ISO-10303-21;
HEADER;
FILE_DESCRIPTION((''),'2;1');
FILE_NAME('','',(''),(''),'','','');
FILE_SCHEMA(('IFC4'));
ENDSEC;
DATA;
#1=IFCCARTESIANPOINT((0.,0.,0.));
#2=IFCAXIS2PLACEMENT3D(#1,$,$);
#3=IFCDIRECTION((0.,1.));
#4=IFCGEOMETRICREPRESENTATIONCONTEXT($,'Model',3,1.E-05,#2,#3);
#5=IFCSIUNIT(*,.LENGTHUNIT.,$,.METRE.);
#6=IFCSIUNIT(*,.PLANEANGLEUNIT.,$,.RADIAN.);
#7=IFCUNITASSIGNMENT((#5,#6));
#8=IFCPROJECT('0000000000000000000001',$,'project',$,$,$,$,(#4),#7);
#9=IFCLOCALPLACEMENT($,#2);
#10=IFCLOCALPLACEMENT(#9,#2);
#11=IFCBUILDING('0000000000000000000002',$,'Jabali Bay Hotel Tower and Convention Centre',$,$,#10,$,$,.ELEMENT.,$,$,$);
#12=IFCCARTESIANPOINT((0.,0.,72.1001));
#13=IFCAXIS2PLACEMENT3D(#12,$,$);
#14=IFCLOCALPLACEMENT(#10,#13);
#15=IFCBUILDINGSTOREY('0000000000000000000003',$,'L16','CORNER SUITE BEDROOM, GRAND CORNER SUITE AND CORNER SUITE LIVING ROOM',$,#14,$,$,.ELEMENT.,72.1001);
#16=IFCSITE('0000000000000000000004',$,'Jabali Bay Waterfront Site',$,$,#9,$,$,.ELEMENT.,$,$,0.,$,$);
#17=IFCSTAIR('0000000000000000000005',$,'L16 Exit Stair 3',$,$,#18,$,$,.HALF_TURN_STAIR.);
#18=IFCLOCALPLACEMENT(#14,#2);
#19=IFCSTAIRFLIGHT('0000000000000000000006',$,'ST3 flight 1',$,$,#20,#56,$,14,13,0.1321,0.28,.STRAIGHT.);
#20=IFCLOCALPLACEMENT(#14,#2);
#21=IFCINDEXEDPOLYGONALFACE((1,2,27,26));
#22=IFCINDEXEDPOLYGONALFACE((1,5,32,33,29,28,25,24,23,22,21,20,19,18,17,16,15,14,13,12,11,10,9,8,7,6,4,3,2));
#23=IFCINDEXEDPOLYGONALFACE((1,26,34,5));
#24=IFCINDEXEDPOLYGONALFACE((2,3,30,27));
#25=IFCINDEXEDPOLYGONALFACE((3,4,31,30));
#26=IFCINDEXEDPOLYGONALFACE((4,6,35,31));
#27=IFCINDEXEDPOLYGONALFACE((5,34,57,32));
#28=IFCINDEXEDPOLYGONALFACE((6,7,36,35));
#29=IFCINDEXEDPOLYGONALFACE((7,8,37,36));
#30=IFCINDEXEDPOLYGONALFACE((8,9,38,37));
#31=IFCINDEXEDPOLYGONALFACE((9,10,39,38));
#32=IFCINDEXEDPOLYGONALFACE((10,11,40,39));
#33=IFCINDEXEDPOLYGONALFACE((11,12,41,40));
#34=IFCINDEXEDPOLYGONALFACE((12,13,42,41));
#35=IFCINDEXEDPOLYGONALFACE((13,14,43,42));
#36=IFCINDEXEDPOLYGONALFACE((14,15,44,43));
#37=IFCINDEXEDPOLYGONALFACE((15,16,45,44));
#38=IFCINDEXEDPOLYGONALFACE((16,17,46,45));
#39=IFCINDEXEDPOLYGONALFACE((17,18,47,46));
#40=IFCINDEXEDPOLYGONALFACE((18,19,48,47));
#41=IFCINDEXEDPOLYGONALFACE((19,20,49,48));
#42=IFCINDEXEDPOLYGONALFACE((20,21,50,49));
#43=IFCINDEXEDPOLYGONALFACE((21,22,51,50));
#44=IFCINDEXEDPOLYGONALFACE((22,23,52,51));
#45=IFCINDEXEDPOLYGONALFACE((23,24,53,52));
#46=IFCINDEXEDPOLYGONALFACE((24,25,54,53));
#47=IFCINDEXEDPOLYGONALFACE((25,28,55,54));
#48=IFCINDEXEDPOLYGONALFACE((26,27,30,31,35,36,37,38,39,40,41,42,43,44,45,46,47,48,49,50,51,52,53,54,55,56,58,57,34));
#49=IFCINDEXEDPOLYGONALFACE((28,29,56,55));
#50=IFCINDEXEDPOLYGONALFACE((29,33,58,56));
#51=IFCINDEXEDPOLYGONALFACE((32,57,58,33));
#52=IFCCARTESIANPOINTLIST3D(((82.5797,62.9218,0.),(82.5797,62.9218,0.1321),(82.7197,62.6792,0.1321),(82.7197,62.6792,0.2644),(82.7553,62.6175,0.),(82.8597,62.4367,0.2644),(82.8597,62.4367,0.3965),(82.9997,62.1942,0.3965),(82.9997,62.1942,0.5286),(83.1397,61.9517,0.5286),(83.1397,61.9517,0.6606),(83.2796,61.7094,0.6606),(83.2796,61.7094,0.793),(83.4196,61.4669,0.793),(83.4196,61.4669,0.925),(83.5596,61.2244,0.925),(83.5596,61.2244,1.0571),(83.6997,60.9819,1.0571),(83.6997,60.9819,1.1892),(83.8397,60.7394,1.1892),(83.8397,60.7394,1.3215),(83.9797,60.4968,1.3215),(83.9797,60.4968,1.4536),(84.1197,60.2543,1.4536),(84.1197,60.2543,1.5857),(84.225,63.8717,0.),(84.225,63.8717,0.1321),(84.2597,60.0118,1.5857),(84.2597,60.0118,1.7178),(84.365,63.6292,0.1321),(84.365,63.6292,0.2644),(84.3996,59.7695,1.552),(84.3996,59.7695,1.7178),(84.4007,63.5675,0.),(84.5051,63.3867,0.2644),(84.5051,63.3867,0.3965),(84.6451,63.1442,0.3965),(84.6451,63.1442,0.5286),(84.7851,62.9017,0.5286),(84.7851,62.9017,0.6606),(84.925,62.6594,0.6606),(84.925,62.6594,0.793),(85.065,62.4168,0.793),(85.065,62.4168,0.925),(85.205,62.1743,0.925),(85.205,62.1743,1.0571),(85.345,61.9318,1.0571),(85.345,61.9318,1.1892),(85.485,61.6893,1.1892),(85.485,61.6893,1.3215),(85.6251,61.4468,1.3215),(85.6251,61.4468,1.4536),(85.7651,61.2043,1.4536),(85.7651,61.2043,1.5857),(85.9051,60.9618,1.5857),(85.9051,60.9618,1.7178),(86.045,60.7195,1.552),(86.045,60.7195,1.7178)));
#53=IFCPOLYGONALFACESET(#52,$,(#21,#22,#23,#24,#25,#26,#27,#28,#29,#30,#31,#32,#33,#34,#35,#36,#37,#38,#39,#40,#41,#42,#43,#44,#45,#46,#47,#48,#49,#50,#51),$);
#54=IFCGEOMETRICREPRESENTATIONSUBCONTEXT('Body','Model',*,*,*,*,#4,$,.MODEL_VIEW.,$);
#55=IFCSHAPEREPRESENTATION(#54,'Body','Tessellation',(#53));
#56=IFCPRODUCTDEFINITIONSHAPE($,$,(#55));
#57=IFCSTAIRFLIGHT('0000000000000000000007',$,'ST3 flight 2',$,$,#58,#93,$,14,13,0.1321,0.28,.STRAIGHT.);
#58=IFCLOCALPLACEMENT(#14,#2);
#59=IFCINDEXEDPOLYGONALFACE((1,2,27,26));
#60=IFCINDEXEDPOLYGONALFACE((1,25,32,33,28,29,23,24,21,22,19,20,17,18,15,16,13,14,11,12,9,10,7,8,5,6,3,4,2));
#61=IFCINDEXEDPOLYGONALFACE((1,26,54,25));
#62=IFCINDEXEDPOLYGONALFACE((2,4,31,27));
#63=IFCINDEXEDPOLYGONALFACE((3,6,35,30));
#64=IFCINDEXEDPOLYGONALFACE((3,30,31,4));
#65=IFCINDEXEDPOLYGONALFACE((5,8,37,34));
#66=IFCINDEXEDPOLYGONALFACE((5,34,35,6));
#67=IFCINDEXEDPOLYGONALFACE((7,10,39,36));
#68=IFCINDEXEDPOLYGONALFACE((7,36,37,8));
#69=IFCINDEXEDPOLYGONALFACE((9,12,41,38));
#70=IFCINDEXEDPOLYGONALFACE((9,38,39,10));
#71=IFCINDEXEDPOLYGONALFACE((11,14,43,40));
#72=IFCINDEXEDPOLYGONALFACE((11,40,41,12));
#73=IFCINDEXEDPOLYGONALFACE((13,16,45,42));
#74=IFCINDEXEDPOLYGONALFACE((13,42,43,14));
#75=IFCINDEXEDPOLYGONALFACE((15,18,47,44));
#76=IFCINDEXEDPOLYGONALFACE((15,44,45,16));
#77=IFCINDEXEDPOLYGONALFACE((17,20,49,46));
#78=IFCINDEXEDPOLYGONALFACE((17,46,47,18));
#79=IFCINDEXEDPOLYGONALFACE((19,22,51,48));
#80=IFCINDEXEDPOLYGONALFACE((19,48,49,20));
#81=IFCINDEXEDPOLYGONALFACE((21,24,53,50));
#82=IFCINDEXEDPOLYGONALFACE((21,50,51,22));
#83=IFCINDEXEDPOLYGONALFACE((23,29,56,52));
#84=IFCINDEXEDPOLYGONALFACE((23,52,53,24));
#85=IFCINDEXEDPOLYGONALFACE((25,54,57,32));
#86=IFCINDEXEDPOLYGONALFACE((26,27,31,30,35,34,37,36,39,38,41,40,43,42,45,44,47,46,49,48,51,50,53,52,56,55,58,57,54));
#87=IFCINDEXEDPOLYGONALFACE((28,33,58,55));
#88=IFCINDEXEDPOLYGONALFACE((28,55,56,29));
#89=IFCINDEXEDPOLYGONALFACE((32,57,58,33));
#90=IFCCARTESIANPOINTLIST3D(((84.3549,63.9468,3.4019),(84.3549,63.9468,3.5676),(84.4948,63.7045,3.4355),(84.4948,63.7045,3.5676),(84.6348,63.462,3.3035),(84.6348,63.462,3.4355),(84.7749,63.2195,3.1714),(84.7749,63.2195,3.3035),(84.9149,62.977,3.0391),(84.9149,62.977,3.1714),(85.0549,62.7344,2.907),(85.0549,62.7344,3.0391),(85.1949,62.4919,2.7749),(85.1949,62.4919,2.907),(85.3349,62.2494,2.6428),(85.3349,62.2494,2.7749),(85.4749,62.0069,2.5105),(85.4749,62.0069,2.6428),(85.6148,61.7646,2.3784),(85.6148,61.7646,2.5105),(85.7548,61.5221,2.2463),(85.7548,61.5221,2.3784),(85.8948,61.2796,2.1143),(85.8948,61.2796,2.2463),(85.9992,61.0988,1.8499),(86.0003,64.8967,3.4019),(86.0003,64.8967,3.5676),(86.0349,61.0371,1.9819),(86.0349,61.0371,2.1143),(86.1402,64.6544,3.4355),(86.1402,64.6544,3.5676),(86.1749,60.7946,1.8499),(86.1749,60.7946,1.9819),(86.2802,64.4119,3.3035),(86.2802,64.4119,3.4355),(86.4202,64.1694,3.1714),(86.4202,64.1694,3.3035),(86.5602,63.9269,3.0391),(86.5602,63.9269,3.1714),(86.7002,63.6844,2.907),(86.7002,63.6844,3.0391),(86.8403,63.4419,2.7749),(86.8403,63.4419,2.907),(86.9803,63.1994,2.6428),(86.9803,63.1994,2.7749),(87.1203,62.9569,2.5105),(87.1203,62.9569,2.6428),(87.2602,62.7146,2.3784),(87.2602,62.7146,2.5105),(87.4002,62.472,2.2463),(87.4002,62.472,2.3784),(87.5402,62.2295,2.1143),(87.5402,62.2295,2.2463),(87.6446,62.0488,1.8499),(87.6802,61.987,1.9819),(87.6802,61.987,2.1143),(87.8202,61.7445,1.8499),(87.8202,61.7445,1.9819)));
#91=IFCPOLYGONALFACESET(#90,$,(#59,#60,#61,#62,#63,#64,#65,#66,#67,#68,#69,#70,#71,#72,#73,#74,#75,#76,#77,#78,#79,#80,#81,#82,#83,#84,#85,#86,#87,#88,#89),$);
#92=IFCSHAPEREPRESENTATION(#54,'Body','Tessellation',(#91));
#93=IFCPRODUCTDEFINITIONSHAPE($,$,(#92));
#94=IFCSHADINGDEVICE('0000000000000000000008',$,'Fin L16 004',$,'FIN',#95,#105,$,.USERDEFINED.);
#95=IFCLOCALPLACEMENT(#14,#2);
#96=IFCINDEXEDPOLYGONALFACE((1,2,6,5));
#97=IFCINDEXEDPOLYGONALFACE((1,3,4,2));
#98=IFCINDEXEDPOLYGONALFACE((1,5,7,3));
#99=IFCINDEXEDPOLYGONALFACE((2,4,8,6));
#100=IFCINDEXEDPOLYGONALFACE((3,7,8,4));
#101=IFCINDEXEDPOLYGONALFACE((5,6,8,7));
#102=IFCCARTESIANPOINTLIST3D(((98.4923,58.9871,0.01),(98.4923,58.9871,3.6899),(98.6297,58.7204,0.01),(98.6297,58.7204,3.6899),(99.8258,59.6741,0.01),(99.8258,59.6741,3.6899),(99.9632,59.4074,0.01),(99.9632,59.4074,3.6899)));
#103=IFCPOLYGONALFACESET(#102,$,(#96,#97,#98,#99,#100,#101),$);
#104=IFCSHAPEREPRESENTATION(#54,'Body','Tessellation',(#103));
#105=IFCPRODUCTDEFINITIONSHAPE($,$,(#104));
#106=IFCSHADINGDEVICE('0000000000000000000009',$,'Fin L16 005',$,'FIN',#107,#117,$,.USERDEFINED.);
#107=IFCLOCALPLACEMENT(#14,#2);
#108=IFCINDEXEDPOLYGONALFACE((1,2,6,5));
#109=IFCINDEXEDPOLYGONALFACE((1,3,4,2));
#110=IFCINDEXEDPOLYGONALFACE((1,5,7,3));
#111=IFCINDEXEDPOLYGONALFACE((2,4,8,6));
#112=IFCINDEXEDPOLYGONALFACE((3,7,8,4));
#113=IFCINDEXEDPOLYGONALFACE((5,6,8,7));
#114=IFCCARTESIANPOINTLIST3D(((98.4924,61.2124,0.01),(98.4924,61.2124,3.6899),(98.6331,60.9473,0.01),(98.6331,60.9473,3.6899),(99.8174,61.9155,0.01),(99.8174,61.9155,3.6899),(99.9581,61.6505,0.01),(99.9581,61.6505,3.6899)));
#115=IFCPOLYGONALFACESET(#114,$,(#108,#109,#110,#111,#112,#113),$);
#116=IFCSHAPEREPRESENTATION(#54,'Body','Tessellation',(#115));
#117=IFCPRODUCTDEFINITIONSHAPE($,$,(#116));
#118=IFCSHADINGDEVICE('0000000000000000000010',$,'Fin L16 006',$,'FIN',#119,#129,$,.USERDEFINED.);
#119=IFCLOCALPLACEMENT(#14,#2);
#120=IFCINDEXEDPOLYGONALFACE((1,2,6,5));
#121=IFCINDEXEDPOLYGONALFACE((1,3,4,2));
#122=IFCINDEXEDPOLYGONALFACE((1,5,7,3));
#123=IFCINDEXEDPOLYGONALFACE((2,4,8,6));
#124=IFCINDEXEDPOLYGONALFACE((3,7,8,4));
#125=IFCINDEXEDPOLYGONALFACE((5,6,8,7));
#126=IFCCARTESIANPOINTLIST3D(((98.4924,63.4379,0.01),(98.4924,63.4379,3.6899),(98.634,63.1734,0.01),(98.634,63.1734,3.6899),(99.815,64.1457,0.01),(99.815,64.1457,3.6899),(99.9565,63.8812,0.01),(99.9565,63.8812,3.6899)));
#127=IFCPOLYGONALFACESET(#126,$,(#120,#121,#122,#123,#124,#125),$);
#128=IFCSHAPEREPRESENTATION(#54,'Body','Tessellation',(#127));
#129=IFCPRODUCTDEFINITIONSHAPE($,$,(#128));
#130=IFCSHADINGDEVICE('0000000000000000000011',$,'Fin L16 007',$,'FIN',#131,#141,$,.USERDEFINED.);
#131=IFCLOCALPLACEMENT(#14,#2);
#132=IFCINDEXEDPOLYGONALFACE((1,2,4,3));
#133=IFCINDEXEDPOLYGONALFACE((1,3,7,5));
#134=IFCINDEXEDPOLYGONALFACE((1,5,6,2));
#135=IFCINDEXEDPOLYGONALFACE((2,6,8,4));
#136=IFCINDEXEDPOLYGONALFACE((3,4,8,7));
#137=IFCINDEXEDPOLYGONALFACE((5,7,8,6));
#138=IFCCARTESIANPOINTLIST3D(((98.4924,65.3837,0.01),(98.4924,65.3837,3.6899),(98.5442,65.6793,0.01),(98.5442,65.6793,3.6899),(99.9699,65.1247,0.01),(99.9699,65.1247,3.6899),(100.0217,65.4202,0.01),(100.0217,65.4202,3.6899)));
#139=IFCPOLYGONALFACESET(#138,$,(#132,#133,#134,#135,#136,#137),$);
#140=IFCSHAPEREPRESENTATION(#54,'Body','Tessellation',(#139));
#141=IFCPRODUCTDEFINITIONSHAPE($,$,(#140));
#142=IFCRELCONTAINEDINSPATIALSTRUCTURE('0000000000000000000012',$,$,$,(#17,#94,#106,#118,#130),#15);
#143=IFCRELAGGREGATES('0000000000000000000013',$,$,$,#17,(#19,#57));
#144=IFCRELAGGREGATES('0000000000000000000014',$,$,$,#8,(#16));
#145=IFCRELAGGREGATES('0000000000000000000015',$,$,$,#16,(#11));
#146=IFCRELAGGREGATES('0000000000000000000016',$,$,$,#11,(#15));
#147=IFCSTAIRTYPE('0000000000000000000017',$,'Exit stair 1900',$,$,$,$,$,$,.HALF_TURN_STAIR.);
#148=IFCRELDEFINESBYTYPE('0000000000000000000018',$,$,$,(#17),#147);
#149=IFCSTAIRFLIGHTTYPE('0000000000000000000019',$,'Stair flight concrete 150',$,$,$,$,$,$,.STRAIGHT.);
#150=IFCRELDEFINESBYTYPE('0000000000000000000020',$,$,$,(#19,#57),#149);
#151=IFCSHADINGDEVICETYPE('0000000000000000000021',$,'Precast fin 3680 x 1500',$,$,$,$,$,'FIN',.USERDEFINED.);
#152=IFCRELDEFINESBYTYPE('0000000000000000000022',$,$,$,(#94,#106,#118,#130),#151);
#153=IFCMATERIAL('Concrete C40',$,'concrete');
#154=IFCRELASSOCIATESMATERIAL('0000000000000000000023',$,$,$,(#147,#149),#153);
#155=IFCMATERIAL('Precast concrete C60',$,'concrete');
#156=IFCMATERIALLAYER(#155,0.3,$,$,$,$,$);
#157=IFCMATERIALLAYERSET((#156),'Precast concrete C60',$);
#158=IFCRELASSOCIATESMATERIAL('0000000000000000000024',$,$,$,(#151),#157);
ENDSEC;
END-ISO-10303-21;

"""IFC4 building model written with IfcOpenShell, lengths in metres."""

from ifc_helpers import new_model, si_unit, direction, frame, frame_2d, origin, place, context, subcontext, project, spatial, polyline, rectangle, outline, extrude, material, layer, layer_set, type_object, element, aggregate, save


model = new_model("IFC4")

# Units and contexts
model_context = context("Model", 3, precision=1e-05, world=origin(), true_north=direction((0.0, 1.0)))
body_context = subcontext(model_context, "Body", "Model", "MODEL_VIEW")
ifc_project = project(units=[si_unit("LENGTHUNIT", "METRE"), si_unit("PLANEANGLEUNIT", "RADIAN")], contexts=[model_context])

# Site, building, storey
site_placement = place(None, origin())
site = spatial("IfcSite", under=ifc_project, at=site_placement, Name="Jabali Bay Waterfront Site", CompositionType="ELEMENT", RefElevation=0.0)
building_placement = place(site_placement, origin())
building = spatial("IfcBuilding", under=site, at=building_placement, Name="Jabali Bay Hotel Tower and Convention Centre", CompositionType="ELEMENT")
storey_placement = place(building_placement, frame((0.0, 0.0, 72.1001)))
storey = spatial("IfcBuildingStorey", under=building, at=storey_placement, Name="L16", Description="CORNER SUITE BEDROOM, GRAND CORNER SUITE AND CORNER SUITE LIVING ROOM", CompositionType="ELEMENT", Elevation=72.1001)

# Shared definitions
ifc_material_1 = material(Name="Concrete C40", Category="concrete")

# Stair, stair flights
stair_type = type_object("IfcStairType", Name="Exit stair 1900", PredefinedType="HALF_TURN_STAIR", material=ifc_material_1)
stair_placement = place(storey_placement, origin())
stair = element("IfcStair", 1, at=stair_placement, inside=storey, type_object=stair_type, Name="L16 Exit Stair 3", PredefinedType="HALF_TURN_STAIR")
stair_flight_type = type_object("IfcStairFlightType", Name="Stair flight concrete 150", PredefinedType="STRAIGHT", material=ifc_material_1)
stair_flight_1_placement = place(storey_placement, frame((83.4023, 63.3967, 0.0), z_axis=(0.0, 0.0, 1.0), x_axis=(0.5, -0.866025, 0.0)))
stair_flight_1 = element("IfcStairFlight", 2, at=stair_flight_1_placement, type_object=stair_flight_type, Name="ST3 flight 1", NumberOfRisers=14, NumberOfTreads=13, PredefinedType="STRAIGHT", RiserHeight=0.1321, TreadLength=0.28, context=body_context, shape_type="SweptSolid", body=[
    extrude(outline(polyline([(0.0, 0.0), (0.0, 0.1321), (0.28, 0.1321), (0.28, 0.2644), (0.5601, 0.2644), (0.5601, 0.3965), (0.8401, 0.3965), (0.8401, 0.5286), (1.1201, 0.5286), (1.1201, 0.6606), (1.3999, 0.6606), (1.3999, 0.793), (1.6799, 0.793), (1.6799, 0.925), (1.96, 0.925), (1.96, 1.0571), (2.24, 1.0571), (2.24, 1.1892), (2.52, 1.1892), (2.52, 1.3215), (2.8, 1.3215), (2.8, 1.4536), (3.0801, 1.4536), (3.0801, 1.5857), (3.3601, 1.5857), (3.3601, 1.7178), (3.6399, 1.7178), (3.6399, 1.8501), (3.6399, 1.552), (0.3513, 0.0), (0.0, 0.0)])), frame((0.0, 0.95, 0.0), z_axis=(0.0, -1.0, 0.0), x_axis=(1.0, 0.0, 0.0)), (0.0, 0.0, 1.0), 1.8999),
])
stair_flight_2_placement = place(storey_placement, frame((86.9976, 61.2695, 1.8499), z_axis=(0.0, 0.0, 1.0), x_axis=(-0.5, 0.866025, 0.0)))
stair_flight_2 = element("IfcStairFlight", 3, at=stair_flight_2_placement, type_object=stair_flight_type, Name="ST3 flight 2", NumberOfRisers=14, NumberOfTreads=13, PredefinedType="STRAIGHT", RiserHeight=0.1321, TreadLength=0.28, context=body_context, shape_type="SweptSolid", body=[
    extrude(outline(polyline([(0.0, 0.0), (0.0, 0.1321), (0.28, 0.1321), (0.28, 0.2644), (0.5601, 0.2644), (0.5601, 0.3965), (0.8401, 0.3965), (0.8401, 0.5286), (1.1201, 0.5286), (1.1201, 0.6606), (1.3999, 0.6606), (1.3999, 0.793), (1.6799, 0.793), (1.6799, 0.925), (1.96, 0.925), (1.96, 1.0571), (2.24, 1.0571), (2.24, 1.1892), (2.52, 1.1892), (2.52, 1.3215), (2.8, 1.3215), (2.8, 1.4536), (3.0801, 1.4536), (3.0801, 1.5857), (3.3601, 1.5857), (3.3601, 1.7178), (3.6399, 1.7178), (3.6399, 1.8501), (3.6399, 1.552), (0.3513, 0.0), (0.0, 0.0)])), frame((0.0, 0.95, 0.0), z_axis=(0.0, -1.0, 0.0), x_axis=(1.0, 0.0, 0.0)), (0.0, 0.0, 1.0), 1.8999),
])
aggregate(stair, [stair_flight_1, stair_flight_2])

# Shading devices
ifc_material_2 = material(Name="Precast concrete C60", Category="concrete")
ifc_layer_1 = layer(ifc_material_2, 0.3)
ifc_layer_set_1 = layer_set([ifc_layer_1], Name="Precast concrete C60")
shading_device_type = type_object("IfcShadingDeviceType", Name="Precast fin 3680 x 1500", ElementType="FIN", PredefinedType="USERDEFINED", material=ifc_layer_set_1)
for number, where, z_axis, x_axis, name in (
    (4, (98.561, 58.8538, 0.01), (0.0, 0.0, 1.0), (0.888958, 0.457988, 0.0), "Fin L16 004"),
    (5, (98.5627, 61.0798, 0.01), (0.0, 0.0, 1.0), (0.883324, 0.468762, 0.0), "Fin L16 005"),
    (6, (98.5632, 63.3057, 0.01), (0.0, 0.0, 1.0), (0.881681, 0.471846, 0.0), "Fin L16 006"),
    (7, (98.5183, 65.5315, 0.01), (0.0, 0.0, 1.0), (0.984978, -0.17268, 0.0), "Fin L16 007"),
):
    element("IfcShadingDevice", number, at=place(storey_placement, frame(where, z_axis=z_axis, x_axis=x_axis)), inside=storey, type_object=shading_device_type, Name=name, ObjectType="FIN", PredefinedType="USERDEFINED", context=body_context, shape_type="SweptSolid", body=[
        extrude(rectangle(XDim=1.5, YDim=0.3, at=frame_2d((0.75, 0.0))), origin(), (0.0, 0.0, 1.0), 3.6799),
    ])

save(model, "model.ifc")
